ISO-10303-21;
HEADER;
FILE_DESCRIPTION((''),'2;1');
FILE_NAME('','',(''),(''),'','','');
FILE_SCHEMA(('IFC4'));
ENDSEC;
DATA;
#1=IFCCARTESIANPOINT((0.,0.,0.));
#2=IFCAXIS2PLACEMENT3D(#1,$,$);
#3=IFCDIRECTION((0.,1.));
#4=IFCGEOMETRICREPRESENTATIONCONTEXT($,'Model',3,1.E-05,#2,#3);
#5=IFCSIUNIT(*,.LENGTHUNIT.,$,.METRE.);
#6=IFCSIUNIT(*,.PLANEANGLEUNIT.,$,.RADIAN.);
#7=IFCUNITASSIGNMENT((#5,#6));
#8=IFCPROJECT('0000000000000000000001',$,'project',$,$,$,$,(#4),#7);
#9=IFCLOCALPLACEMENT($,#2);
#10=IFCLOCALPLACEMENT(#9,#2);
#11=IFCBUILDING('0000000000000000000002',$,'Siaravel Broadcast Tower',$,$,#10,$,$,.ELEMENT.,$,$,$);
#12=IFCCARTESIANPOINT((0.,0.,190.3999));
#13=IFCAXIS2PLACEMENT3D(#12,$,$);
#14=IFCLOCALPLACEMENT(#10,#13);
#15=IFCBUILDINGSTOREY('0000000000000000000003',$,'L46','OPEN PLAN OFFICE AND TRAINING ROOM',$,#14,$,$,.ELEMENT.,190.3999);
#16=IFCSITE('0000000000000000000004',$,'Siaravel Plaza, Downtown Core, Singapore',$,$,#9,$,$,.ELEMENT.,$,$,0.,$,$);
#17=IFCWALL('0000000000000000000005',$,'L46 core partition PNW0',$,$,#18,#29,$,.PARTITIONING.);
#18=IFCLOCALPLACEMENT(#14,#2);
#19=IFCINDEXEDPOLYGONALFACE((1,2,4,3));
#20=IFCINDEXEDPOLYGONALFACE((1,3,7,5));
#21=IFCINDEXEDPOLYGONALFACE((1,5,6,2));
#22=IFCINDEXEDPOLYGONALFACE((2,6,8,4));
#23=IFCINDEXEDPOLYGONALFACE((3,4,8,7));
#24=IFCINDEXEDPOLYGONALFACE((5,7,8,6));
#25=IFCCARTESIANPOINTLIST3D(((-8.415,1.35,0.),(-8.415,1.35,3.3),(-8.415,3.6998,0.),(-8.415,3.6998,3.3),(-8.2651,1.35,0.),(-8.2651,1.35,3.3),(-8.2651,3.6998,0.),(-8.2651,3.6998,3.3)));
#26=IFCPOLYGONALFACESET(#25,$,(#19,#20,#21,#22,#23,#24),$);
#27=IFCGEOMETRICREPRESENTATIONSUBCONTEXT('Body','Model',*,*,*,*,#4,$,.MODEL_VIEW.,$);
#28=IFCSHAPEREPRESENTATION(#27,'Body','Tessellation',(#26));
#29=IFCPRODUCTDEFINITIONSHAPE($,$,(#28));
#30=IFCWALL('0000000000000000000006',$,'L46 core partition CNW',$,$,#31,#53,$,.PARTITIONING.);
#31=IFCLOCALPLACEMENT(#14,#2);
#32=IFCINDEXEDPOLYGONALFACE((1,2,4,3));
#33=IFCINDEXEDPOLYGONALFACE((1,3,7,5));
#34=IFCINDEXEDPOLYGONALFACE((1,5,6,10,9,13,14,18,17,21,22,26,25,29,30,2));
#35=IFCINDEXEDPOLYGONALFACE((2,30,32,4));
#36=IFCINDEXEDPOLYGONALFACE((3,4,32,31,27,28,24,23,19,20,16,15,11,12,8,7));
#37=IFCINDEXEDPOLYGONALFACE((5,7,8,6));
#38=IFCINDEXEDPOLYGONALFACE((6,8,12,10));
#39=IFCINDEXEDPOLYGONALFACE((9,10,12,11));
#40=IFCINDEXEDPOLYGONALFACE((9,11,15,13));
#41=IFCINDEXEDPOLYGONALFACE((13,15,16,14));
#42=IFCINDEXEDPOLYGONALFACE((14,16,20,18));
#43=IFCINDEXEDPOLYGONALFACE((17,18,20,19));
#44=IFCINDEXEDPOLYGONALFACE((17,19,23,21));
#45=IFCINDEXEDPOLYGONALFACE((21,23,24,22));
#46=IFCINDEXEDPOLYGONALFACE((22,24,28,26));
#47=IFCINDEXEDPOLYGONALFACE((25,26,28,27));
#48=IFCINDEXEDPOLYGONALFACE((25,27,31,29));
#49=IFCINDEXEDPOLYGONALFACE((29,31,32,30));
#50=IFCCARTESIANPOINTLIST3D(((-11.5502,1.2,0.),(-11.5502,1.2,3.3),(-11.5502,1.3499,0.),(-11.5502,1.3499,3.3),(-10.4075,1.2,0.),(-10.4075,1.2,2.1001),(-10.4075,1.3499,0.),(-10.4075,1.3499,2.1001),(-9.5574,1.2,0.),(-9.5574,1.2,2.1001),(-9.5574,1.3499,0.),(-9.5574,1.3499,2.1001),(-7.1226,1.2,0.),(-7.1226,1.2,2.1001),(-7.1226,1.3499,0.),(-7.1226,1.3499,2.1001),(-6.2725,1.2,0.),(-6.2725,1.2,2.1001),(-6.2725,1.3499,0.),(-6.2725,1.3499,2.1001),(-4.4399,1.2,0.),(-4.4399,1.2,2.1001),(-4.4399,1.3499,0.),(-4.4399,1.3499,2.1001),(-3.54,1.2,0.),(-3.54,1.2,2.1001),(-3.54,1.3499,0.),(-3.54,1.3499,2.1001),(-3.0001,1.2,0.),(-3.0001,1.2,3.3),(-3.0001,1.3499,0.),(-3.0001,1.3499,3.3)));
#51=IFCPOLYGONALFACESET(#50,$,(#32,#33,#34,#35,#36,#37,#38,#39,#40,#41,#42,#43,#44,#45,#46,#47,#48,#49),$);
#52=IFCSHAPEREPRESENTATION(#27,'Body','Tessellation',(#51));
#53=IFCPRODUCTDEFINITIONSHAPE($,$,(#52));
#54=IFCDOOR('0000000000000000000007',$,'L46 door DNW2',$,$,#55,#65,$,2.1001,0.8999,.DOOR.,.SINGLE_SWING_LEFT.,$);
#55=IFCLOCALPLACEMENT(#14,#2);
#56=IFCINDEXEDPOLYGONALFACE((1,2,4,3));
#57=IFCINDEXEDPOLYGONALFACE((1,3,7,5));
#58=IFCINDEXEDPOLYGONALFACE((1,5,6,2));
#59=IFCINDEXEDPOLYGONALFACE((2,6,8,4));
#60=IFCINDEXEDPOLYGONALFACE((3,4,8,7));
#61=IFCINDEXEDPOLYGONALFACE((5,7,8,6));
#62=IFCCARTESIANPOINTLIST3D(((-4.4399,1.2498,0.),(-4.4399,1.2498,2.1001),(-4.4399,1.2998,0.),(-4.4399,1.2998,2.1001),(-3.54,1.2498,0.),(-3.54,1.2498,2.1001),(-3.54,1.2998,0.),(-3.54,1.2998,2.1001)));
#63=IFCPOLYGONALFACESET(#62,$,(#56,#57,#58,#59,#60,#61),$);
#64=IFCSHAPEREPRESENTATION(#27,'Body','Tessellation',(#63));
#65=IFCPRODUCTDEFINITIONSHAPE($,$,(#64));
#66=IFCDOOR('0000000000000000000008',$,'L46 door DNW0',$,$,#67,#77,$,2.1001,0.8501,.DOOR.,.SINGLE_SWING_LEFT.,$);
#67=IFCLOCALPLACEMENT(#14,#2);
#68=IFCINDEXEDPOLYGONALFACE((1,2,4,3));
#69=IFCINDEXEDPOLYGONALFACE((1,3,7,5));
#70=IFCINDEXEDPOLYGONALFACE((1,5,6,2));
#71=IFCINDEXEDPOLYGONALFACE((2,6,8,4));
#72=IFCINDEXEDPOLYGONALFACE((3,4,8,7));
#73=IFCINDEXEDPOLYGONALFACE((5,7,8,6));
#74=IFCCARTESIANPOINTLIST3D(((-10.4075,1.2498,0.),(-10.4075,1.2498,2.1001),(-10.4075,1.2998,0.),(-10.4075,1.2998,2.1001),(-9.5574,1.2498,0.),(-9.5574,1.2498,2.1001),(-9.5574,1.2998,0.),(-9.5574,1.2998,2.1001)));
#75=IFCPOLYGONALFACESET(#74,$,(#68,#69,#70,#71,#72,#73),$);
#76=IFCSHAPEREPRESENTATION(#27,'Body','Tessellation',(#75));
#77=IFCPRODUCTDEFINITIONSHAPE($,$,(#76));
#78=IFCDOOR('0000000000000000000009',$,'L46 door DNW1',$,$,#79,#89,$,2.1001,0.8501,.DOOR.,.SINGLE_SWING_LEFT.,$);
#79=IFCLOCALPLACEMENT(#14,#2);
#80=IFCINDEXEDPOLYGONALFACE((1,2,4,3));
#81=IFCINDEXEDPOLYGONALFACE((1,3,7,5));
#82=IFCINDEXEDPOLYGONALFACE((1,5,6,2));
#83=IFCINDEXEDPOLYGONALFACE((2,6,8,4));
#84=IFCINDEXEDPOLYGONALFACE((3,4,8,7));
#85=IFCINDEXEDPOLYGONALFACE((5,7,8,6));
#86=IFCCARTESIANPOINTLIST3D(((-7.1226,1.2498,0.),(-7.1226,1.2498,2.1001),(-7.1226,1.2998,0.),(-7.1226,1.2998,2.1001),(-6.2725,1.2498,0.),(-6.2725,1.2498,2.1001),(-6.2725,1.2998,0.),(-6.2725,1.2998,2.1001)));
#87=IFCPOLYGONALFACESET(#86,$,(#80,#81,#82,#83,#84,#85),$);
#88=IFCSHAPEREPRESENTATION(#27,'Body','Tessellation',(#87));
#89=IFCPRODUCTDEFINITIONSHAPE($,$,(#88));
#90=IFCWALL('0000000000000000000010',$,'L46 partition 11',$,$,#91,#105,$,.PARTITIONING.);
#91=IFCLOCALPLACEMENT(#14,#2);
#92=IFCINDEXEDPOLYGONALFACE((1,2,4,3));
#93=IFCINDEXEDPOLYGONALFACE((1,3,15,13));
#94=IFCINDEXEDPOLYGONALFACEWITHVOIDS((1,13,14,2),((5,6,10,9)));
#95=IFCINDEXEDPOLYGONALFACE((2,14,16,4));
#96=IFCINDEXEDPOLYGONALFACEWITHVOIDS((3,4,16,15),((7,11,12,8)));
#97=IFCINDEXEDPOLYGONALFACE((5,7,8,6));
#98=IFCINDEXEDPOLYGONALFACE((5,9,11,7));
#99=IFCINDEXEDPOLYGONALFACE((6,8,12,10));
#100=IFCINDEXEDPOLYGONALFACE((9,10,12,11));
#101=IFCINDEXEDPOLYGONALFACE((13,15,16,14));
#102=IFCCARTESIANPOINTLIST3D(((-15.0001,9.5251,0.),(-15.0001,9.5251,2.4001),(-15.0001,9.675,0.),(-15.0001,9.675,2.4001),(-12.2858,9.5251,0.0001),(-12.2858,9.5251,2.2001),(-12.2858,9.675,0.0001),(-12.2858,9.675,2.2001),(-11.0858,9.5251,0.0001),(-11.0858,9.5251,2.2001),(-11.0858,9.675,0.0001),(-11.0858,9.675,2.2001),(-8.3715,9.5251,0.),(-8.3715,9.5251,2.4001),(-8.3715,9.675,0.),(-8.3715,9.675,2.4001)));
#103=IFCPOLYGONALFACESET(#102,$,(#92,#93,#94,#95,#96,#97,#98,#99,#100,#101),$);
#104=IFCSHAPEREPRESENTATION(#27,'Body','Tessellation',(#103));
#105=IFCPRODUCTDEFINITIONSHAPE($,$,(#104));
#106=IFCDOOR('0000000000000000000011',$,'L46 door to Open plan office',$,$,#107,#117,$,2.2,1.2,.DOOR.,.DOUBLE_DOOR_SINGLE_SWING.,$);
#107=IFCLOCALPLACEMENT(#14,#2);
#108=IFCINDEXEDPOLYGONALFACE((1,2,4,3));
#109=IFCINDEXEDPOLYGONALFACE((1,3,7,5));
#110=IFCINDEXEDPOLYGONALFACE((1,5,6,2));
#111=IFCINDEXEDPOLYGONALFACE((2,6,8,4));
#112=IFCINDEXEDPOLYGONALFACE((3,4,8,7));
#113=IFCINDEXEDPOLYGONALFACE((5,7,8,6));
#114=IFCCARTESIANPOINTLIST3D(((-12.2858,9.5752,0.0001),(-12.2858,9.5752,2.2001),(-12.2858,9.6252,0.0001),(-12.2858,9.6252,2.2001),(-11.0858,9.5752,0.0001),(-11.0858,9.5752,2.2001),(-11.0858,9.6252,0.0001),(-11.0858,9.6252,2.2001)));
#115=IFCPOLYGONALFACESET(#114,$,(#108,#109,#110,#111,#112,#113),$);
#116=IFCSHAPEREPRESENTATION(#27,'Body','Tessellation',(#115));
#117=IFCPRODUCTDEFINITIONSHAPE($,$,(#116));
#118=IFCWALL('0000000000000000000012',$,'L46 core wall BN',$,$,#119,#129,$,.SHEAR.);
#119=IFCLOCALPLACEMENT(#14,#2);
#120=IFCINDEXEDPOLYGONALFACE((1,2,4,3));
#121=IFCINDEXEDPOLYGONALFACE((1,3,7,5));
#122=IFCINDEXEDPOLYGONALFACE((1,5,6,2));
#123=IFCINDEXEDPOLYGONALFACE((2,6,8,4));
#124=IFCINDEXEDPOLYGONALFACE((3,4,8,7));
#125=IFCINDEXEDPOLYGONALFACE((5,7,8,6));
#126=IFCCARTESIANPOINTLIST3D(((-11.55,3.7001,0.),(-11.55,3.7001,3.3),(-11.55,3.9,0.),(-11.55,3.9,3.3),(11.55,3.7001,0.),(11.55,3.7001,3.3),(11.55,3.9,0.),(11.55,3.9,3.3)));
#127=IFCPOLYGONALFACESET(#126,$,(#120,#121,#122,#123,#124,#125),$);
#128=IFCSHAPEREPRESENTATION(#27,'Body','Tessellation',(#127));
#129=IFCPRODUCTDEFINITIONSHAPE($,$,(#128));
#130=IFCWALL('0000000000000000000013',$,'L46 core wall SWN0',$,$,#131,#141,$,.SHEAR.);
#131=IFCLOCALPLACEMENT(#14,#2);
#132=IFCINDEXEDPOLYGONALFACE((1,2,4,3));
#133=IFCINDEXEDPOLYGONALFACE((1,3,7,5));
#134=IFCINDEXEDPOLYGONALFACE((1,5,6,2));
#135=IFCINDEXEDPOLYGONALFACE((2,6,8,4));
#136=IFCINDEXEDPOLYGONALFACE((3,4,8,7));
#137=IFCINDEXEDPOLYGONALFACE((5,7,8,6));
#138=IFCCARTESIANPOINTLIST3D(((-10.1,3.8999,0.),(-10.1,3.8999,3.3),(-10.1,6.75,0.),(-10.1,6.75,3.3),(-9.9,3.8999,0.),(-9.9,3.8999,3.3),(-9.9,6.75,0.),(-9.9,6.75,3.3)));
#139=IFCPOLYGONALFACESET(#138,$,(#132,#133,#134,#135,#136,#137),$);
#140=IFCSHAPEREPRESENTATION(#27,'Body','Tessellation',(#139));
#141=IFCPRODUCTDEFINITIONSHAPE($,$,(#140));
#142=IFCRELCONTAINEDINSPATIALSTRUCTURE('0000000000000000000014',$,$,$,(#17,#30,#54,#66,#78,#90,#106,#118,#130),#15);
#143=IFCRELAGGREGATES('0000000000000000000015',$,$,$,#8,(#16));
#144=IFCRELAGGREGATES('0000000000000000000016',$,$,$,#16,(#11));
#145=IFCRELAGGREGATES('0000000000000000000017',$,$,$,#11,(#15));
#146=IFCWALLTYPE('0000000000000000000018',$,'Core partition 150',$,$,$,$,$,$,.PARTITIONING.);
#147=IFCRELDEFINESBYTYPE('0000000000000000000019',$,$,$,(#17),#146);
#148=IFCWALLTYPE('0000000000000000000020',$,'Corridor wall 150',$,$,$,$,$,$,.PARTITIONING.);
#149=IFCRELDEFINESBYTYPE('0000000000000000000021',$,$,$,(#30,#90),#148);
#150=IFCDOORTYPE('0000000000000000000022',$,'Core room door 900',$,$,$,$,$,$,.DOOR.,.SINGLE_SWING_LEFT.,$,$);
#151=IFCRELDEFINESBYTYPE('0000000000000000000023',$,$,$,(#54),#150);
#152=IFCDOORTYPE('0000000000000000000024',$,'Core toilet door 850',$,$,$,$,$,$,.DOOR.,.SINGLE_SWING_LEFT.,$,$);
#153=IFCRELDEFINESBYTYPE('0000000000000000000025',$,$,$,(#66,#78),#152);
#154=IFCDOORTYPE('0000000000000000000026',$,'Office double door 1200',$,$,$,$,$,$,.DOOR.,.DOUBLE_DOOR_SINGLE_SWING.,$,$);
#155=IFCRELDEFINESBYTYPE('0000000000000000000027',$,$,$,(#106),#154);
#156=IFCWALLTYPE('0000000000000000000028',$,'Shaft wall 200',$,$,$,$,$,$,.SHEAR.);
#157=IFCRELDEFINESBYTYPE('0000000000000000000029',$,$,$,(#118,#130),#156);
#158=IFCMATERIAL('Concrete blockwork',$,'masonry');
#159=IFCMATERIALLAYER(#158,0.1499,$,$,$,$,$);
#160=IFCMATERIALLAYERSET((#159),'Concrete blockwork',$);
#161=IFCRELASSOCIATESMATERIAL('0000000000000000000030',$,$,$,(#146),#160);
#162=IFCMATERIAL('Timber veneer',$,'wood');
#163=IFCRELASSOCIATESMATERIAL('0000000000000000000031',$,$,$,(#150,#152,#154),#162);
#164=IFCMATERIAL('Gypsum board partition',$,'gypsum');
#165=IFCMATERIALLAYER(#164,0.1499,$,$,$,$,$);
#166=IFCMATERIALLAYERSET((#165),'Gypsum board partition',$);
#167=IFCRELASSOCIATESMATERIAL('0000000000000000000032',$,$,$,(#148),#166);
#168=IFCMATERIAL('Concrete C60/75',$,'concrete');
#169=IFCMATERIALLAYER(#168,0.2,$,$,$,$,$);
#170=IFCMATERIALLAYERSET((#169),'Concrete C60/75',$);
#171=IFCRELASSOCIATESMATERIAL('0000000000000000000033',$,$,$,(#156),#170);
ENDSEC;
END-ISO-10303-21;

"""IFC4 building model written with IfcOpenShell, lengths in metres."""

from ifc_helpers import new_model, si_unit, direction, frame, frame_2d, origin, place, context, subcontext, project, spatial, rectangle, extrude, material, layer, layer_set, type_object, element, fill, save


model = new_model("IFC4")

# Units and contexts
model_context = context("Model", 3, precision=1e-05, world=origin(), true_north=direction((0.0, 1.0)))
body_context = subcontext(model_context, "Body", "Model", "MODEL_VIEW")
ifc_project = project(units=[si_unit("LENGTHUNIT", "METRE"), si_unit("PLANEANGLEUNIT", "RADIAN")], contexts=[model_context])

# Site, building, storey
site_placement = place(None, origin())
site = spatial("IfcSite", under=ifc_project, at=site_placement, Name="Siaravel Plaza, Downtown Core, Singapore", CompositionType="ELEMENT", RefElevation=0.0)
building_placement = place(site_placement, origin())
building = spatial("IfcBuilding", under=site, at=building_placement, Name="Siaravel Broadcast Tower", CompositionType="ELEMENT")
storey_placement = place(building_placement, frame((0.0, 0.0, 190.3999)))
storey = spatial("IfcBuildingStorey", under=building, at=storey_placement, Name="L46", Description="OPEN PLAN OFFICE AND TRAINING ROOM", CompositionType="ELEMENT", Elevation=190.3999)

# Wall
ifc_material_1 = material(Name="Concrete blockwork", Category="masonry")
ifc_layer_1 = layer(ifc_material_1, 0.1499)
ifc_layer_set_1 = layer_set([ifc_layer_1], Name="Concrete blockwork")
wall_type_1 = type_object("IfcWallType", Name="Core partition 150", PredefinedType="PARTITIONING", material=ifc_layer_set_1)
wall_1_placement = place(storey_placement, frame((-8.3401, 1.3501, 0.0), z_axis=(0.0, 0.0, 1.0), x_axis=(0.0, 1.0, 0.0)))
element("IfcWall", 1, at=wall_1_placement, inside=storey, type_object=wall_type_1, Name="L46 core partition PNW0", PredefinedType="PARTITIONING", context=body_context, shape_type="SweptSolid", body=[
    extrude(rectangle(XDim=2.3499, YDim=0.1499, at=frame_2d((1.1748, 0.0))), origin(), (0.0, 0.0, 1.0), 3.3),
])

# Wall, openings, doors
ifc_material_2 = material(Name="Concrete C60/75", Category="concrete")
ifc_material_3 = material(Name="Timber veneer", Category="wood")
door_type_1 = type_object("IfcDoorType", Name="Core room door 900", OperationType="SINGLE_SWING_LEFT", PredefinedType="DOOR", material=ifc_material_3)
ifc_material_4 = material(Name="Gypsum board partition", Category="gypsum")
ifc_layer_2 = layer(ifc_material_4, 0.1499)
ifc_layer_set_2 = layer_set([ifc_layer_2], Name="Gypsum board partition")
wall_type_2 = type_object("IfcWallType", Name="Corridor wall 150", PredefinedType="PARTITIONING", material=ifc_layer_set_2)
wall_2_placement = place(storey_placement, frame((-11.55, 1.2749, 0.0), z_axis=(0.0, 0.0, 1.0), x_axis=(1.0, 0.0, 0.0)))
wall_2 = element("IfcWall", 2, at=wall_2_placement, inside=storey, type_object=wall_type_2, Name="L46 core partition CNW", PredefinedType="PARTITIONING", context=body_context, shape_type="SweptSolid", body=[
    extrude(rectangle(XDim=8.55, YDim=0.1499, at=frame_2d((4.2749, 0.0))), origin(), (0.0, 0.0, 1.0), 3.3),
])
opening_1_placement = place(wall_2_placement, frame((1.1426, 0.0, 0.0)))
opening_1 = element("IfcOpeningElement", 3, at=opening_1_placement, cuts=wall_2, PredefinedType="OPENING", context=body_context, shape_type="SweptSolid", body=[
    extrude(rectangle(XDim=0.8501, YDim=2.1001, at=frame_2d((0.425, 1.05))), frame((0.0, 0.085, 0.0), z_axis=(0.0, -1.0, 0.0), x_axis=(1.0, 0.0, 0.0)), (0.0, 0.0, 1.0), 0.1699),
])
opening_2_placement = place(wall_2_placement, frame((4.4275, 0.0, 0.0)))
opening_2 = element("IfcOpeningElement", 4, at=opening_2_placement, cuts=wall_2, PredefinedType="OPENING", context=body_context, shape_type="SweptSolid", body=[
    extrude(rectangle(XDim=0.8501, YDim=2.1001, at=frame_2d((0.425, 1.05))), frame((0.0, 0.085, 0.0), z_axis=(0.0, -1.0, 0.0), x_axis=(1.0, 0.0, 0.0)), (0.0, 0.0, 1.0), 0.1699),
])
opening_3_placement = place(wall_2_placement, frame((7.1101, 0.0, 0.0)))
opening_3 = element("IfcOpeningElement", 5, at=opening_3_placement, cuts=wall_2, PredefinedType="OPENING", context=body_context, shape_type="SweptSolid", body=[
    extrude(rectangle(XDim=0.8999, YDim=2.1001, at=frame_2d((0.45, 1.05))), frame((0.0, 0.085, 0.0), z_axis=(0.0, -1.0, 0.0), x_axis=(1.0, 0.0, 0.0)), (0.0, 0.0, 1.0), 0.1699),
])
door_1_placement = place(opening_3_placement, origin())
door_1 = element("IfcDoor", 6, at=door_1_placement, inside=storey, type_object=door_type_1, Name="L46 door DNW2", OperationType="SINGLE_SWING_LEFT", OverallHeight=2.1001, OverallWidth=0.8999, PredefinedType="DOOR", context=body_context, shape_type="SweptSolid", body=[
    extrude(rectangle(XDim=0.8999, YDim=2.1001, at=frame_2d((0.45, 1.05))), frame((0.0, 0.0249, 0.0), z_axis=(0.0, -1.0, 0.0), x_axis=(1.0, 0.0, 0.0)), (0.0, 0.0, 1.0), 0.05),
])
fill(opening_3, door_1)
door_type_2 = type_object("IfcDoorType", Name="Core toilet door 850", OperationType="SINGLE_SWING_LEFT", PredefinedType="DOOR", material=ifc_material_3)
door_2_placement = place(opening_1_placement, origin())
door_2 = element("IfcDoor", 7, at=door_2_placement, inside=storey, type_object=door_type_2, Name="L46 door DNW0", OperationType="SINGLE_SWING_LEFT", OverallHeight=2.1001, OverallWidth=0.8501, PredefinedType="DOOR", context=body_context, shape_type="SweptSolid", body=[
    extrude(rectangle(XDim=0.8501, YDim=2.1001, at=frame_2d((0.425, 1.05))), frame((0.0, 0.0249, 0.0), z_axis=(0.0, -1.0, 0.0), x_axis=(1.0, 0.0, 0.0)), (0.0, 0.0, 1.0), 0.05),
])
fill(opening_1, door_2)
door_3_placement = place(opening_2_placement, origin())
door_3 = element("IfcDoor", 8, at=door_3_placement, inside=storey, type_object=door_type_2, Name="L46 door DNW1", OperationType="SINGLE_SWING_LEFT", OverallHeight=2.1001, OverallWidth=0.8501, PredefinedType="DOOR", context=body_context, shape_type="SweptSolid", body=[
    extrude(rectangle(XDim=0.8501, YDim=2.1001, at=frame_2d((0.425, 1.05))), frame((0.0, 0.0249, 0.0), z_axis=(0.0, -1.0, 0.0), x_axis=(1.0, 0.0, 0.0)), (0.0, 0.0, 1.0), 0.05),
])
fill(opening_2, door_3)

# Wall, opening, door
wall_3_placement = place(storey_placement, frame((-8.3713, 9.6001, 0.0), z_axis=(0.0, 0.0, 1.0), x_axis=(-1.0, 0.0, 0.0)))
wall_3 = element("IfcWall", 9, at=wall_3_placement, inside=storey, type_object=wall_type_2, Name="L46 partition 11", PredefinedType="PARTITIONING", context=body_context, shape_type="SweptSolid", body=[
    extrude(rectangle(XDim=6.6287, YDim=0.1499, at=frame_2d((3.3145, 0.0))), origin(), (0.0, 0.0, 1.0), 2.4001),
])
opening_4_placement = place(wall_3_placement, frame((2.7144, 0.0, 0.0)))
opening_4 = element("IfcOpeningElement", 10, at=opening_4_placement, cuts=wall_3, PredefinedType="OPENING", context=body_context, shape_type="SweptSolid", body=[
    extrude(rectangle(XDim=1.2, YDim=2.2, at=frame_2d((0.6001, 1.1001))), frame((0.0, 0.085, 0.0), z_axis=(0.0, -1.0, 0.0), x_axis=(1.0, 0.0, 0.0)), (0.0, 0.0, 1.0), 0.1699),
])
door_type_3 = type_object("IfcDoorType", Name="Office double door 1200", OperationType="DOUBLE_DOOR_SINGLE_SWING", PredefinedType="DOOR", material=ifc_material_3)
door_4_placement = place(opening_4_placement, origin())
door_4 = element("IfcDoor", 11, at=door_4_placement, inside=storey, type_object=door_type_3, Name="L46 door to Open plan office", OperationType="DOUBLE_DOOR_SINGLE_SWING", OverallHeight=2.2, OverallWidth=1.2, PredefinedType="DOOR", context=body_context, shape_type="SweptSolid", body=[
    extrude(rectangle(XDim=1.2, YDim=2.2, at=frame_2d((0.6001, 1.1001))), frame((0.0, 0.0249, 0.0), z_axis=(0.0, -1.0, 0.0), x_axis=(1.0, 0.0, 0.0)), (0.0, 0.0, 1.0), 0.05),
])
fill(opening_4, door_4)

# Walls
ifc_layer_3 = layer(ifc_material_2, 0.2)
ifc_layer_set_3 = layer_set([ifc_layer_3], Name="Concrete C60/75")
wall_type_3 = type_object("IfcWallType", Name="Shaft wall 200", PredefinedType="SHEAR", material=ifc_layer_set_3)
wall_4_placement = place(storey_placement, frame((-11.55, 3.8, 0.0), z_axis=(0.0, 0.0, 1.0), x_axis=(1.0, 0.0, 0.0)))
element("IfcWall", 12, at=wall_4_placement, inside=storey, type_object=wall_type_3, Name="L46 core wall BN", PredefinedType="SHEAR", context=body_context, shape_type="SweptSolid", body=[
    extrude(rectangle(XDim=23.1001, YDim=0.2, at=frame_2d((11.55, 0.0))), origin(), (0.0, 0.0, 1.0), 3.3),
])
wall_5_placement = place(storey_placement, frame((-10.0, 3.8999, 0.0), z_axis=(0.0, 0.0, 1.0), x_axis=(0.0, 1.0, 0.0)))
element("IfcWall", 13, at=wall_5_placement, inside=storey, type_object=wall_type_3, Name="L46 core wall SWN0", PredefinedType="SHEAR", context=body_context, shape_type="SweptSolid", body=[
    extrude(rectangle(XDim=2.8501, YDim=0.2, at=frame_2d((1.425, 0.0))), origin(), (0.0, 0.0, 1.0), 3.3),
])

save(model, "model.ifc")
